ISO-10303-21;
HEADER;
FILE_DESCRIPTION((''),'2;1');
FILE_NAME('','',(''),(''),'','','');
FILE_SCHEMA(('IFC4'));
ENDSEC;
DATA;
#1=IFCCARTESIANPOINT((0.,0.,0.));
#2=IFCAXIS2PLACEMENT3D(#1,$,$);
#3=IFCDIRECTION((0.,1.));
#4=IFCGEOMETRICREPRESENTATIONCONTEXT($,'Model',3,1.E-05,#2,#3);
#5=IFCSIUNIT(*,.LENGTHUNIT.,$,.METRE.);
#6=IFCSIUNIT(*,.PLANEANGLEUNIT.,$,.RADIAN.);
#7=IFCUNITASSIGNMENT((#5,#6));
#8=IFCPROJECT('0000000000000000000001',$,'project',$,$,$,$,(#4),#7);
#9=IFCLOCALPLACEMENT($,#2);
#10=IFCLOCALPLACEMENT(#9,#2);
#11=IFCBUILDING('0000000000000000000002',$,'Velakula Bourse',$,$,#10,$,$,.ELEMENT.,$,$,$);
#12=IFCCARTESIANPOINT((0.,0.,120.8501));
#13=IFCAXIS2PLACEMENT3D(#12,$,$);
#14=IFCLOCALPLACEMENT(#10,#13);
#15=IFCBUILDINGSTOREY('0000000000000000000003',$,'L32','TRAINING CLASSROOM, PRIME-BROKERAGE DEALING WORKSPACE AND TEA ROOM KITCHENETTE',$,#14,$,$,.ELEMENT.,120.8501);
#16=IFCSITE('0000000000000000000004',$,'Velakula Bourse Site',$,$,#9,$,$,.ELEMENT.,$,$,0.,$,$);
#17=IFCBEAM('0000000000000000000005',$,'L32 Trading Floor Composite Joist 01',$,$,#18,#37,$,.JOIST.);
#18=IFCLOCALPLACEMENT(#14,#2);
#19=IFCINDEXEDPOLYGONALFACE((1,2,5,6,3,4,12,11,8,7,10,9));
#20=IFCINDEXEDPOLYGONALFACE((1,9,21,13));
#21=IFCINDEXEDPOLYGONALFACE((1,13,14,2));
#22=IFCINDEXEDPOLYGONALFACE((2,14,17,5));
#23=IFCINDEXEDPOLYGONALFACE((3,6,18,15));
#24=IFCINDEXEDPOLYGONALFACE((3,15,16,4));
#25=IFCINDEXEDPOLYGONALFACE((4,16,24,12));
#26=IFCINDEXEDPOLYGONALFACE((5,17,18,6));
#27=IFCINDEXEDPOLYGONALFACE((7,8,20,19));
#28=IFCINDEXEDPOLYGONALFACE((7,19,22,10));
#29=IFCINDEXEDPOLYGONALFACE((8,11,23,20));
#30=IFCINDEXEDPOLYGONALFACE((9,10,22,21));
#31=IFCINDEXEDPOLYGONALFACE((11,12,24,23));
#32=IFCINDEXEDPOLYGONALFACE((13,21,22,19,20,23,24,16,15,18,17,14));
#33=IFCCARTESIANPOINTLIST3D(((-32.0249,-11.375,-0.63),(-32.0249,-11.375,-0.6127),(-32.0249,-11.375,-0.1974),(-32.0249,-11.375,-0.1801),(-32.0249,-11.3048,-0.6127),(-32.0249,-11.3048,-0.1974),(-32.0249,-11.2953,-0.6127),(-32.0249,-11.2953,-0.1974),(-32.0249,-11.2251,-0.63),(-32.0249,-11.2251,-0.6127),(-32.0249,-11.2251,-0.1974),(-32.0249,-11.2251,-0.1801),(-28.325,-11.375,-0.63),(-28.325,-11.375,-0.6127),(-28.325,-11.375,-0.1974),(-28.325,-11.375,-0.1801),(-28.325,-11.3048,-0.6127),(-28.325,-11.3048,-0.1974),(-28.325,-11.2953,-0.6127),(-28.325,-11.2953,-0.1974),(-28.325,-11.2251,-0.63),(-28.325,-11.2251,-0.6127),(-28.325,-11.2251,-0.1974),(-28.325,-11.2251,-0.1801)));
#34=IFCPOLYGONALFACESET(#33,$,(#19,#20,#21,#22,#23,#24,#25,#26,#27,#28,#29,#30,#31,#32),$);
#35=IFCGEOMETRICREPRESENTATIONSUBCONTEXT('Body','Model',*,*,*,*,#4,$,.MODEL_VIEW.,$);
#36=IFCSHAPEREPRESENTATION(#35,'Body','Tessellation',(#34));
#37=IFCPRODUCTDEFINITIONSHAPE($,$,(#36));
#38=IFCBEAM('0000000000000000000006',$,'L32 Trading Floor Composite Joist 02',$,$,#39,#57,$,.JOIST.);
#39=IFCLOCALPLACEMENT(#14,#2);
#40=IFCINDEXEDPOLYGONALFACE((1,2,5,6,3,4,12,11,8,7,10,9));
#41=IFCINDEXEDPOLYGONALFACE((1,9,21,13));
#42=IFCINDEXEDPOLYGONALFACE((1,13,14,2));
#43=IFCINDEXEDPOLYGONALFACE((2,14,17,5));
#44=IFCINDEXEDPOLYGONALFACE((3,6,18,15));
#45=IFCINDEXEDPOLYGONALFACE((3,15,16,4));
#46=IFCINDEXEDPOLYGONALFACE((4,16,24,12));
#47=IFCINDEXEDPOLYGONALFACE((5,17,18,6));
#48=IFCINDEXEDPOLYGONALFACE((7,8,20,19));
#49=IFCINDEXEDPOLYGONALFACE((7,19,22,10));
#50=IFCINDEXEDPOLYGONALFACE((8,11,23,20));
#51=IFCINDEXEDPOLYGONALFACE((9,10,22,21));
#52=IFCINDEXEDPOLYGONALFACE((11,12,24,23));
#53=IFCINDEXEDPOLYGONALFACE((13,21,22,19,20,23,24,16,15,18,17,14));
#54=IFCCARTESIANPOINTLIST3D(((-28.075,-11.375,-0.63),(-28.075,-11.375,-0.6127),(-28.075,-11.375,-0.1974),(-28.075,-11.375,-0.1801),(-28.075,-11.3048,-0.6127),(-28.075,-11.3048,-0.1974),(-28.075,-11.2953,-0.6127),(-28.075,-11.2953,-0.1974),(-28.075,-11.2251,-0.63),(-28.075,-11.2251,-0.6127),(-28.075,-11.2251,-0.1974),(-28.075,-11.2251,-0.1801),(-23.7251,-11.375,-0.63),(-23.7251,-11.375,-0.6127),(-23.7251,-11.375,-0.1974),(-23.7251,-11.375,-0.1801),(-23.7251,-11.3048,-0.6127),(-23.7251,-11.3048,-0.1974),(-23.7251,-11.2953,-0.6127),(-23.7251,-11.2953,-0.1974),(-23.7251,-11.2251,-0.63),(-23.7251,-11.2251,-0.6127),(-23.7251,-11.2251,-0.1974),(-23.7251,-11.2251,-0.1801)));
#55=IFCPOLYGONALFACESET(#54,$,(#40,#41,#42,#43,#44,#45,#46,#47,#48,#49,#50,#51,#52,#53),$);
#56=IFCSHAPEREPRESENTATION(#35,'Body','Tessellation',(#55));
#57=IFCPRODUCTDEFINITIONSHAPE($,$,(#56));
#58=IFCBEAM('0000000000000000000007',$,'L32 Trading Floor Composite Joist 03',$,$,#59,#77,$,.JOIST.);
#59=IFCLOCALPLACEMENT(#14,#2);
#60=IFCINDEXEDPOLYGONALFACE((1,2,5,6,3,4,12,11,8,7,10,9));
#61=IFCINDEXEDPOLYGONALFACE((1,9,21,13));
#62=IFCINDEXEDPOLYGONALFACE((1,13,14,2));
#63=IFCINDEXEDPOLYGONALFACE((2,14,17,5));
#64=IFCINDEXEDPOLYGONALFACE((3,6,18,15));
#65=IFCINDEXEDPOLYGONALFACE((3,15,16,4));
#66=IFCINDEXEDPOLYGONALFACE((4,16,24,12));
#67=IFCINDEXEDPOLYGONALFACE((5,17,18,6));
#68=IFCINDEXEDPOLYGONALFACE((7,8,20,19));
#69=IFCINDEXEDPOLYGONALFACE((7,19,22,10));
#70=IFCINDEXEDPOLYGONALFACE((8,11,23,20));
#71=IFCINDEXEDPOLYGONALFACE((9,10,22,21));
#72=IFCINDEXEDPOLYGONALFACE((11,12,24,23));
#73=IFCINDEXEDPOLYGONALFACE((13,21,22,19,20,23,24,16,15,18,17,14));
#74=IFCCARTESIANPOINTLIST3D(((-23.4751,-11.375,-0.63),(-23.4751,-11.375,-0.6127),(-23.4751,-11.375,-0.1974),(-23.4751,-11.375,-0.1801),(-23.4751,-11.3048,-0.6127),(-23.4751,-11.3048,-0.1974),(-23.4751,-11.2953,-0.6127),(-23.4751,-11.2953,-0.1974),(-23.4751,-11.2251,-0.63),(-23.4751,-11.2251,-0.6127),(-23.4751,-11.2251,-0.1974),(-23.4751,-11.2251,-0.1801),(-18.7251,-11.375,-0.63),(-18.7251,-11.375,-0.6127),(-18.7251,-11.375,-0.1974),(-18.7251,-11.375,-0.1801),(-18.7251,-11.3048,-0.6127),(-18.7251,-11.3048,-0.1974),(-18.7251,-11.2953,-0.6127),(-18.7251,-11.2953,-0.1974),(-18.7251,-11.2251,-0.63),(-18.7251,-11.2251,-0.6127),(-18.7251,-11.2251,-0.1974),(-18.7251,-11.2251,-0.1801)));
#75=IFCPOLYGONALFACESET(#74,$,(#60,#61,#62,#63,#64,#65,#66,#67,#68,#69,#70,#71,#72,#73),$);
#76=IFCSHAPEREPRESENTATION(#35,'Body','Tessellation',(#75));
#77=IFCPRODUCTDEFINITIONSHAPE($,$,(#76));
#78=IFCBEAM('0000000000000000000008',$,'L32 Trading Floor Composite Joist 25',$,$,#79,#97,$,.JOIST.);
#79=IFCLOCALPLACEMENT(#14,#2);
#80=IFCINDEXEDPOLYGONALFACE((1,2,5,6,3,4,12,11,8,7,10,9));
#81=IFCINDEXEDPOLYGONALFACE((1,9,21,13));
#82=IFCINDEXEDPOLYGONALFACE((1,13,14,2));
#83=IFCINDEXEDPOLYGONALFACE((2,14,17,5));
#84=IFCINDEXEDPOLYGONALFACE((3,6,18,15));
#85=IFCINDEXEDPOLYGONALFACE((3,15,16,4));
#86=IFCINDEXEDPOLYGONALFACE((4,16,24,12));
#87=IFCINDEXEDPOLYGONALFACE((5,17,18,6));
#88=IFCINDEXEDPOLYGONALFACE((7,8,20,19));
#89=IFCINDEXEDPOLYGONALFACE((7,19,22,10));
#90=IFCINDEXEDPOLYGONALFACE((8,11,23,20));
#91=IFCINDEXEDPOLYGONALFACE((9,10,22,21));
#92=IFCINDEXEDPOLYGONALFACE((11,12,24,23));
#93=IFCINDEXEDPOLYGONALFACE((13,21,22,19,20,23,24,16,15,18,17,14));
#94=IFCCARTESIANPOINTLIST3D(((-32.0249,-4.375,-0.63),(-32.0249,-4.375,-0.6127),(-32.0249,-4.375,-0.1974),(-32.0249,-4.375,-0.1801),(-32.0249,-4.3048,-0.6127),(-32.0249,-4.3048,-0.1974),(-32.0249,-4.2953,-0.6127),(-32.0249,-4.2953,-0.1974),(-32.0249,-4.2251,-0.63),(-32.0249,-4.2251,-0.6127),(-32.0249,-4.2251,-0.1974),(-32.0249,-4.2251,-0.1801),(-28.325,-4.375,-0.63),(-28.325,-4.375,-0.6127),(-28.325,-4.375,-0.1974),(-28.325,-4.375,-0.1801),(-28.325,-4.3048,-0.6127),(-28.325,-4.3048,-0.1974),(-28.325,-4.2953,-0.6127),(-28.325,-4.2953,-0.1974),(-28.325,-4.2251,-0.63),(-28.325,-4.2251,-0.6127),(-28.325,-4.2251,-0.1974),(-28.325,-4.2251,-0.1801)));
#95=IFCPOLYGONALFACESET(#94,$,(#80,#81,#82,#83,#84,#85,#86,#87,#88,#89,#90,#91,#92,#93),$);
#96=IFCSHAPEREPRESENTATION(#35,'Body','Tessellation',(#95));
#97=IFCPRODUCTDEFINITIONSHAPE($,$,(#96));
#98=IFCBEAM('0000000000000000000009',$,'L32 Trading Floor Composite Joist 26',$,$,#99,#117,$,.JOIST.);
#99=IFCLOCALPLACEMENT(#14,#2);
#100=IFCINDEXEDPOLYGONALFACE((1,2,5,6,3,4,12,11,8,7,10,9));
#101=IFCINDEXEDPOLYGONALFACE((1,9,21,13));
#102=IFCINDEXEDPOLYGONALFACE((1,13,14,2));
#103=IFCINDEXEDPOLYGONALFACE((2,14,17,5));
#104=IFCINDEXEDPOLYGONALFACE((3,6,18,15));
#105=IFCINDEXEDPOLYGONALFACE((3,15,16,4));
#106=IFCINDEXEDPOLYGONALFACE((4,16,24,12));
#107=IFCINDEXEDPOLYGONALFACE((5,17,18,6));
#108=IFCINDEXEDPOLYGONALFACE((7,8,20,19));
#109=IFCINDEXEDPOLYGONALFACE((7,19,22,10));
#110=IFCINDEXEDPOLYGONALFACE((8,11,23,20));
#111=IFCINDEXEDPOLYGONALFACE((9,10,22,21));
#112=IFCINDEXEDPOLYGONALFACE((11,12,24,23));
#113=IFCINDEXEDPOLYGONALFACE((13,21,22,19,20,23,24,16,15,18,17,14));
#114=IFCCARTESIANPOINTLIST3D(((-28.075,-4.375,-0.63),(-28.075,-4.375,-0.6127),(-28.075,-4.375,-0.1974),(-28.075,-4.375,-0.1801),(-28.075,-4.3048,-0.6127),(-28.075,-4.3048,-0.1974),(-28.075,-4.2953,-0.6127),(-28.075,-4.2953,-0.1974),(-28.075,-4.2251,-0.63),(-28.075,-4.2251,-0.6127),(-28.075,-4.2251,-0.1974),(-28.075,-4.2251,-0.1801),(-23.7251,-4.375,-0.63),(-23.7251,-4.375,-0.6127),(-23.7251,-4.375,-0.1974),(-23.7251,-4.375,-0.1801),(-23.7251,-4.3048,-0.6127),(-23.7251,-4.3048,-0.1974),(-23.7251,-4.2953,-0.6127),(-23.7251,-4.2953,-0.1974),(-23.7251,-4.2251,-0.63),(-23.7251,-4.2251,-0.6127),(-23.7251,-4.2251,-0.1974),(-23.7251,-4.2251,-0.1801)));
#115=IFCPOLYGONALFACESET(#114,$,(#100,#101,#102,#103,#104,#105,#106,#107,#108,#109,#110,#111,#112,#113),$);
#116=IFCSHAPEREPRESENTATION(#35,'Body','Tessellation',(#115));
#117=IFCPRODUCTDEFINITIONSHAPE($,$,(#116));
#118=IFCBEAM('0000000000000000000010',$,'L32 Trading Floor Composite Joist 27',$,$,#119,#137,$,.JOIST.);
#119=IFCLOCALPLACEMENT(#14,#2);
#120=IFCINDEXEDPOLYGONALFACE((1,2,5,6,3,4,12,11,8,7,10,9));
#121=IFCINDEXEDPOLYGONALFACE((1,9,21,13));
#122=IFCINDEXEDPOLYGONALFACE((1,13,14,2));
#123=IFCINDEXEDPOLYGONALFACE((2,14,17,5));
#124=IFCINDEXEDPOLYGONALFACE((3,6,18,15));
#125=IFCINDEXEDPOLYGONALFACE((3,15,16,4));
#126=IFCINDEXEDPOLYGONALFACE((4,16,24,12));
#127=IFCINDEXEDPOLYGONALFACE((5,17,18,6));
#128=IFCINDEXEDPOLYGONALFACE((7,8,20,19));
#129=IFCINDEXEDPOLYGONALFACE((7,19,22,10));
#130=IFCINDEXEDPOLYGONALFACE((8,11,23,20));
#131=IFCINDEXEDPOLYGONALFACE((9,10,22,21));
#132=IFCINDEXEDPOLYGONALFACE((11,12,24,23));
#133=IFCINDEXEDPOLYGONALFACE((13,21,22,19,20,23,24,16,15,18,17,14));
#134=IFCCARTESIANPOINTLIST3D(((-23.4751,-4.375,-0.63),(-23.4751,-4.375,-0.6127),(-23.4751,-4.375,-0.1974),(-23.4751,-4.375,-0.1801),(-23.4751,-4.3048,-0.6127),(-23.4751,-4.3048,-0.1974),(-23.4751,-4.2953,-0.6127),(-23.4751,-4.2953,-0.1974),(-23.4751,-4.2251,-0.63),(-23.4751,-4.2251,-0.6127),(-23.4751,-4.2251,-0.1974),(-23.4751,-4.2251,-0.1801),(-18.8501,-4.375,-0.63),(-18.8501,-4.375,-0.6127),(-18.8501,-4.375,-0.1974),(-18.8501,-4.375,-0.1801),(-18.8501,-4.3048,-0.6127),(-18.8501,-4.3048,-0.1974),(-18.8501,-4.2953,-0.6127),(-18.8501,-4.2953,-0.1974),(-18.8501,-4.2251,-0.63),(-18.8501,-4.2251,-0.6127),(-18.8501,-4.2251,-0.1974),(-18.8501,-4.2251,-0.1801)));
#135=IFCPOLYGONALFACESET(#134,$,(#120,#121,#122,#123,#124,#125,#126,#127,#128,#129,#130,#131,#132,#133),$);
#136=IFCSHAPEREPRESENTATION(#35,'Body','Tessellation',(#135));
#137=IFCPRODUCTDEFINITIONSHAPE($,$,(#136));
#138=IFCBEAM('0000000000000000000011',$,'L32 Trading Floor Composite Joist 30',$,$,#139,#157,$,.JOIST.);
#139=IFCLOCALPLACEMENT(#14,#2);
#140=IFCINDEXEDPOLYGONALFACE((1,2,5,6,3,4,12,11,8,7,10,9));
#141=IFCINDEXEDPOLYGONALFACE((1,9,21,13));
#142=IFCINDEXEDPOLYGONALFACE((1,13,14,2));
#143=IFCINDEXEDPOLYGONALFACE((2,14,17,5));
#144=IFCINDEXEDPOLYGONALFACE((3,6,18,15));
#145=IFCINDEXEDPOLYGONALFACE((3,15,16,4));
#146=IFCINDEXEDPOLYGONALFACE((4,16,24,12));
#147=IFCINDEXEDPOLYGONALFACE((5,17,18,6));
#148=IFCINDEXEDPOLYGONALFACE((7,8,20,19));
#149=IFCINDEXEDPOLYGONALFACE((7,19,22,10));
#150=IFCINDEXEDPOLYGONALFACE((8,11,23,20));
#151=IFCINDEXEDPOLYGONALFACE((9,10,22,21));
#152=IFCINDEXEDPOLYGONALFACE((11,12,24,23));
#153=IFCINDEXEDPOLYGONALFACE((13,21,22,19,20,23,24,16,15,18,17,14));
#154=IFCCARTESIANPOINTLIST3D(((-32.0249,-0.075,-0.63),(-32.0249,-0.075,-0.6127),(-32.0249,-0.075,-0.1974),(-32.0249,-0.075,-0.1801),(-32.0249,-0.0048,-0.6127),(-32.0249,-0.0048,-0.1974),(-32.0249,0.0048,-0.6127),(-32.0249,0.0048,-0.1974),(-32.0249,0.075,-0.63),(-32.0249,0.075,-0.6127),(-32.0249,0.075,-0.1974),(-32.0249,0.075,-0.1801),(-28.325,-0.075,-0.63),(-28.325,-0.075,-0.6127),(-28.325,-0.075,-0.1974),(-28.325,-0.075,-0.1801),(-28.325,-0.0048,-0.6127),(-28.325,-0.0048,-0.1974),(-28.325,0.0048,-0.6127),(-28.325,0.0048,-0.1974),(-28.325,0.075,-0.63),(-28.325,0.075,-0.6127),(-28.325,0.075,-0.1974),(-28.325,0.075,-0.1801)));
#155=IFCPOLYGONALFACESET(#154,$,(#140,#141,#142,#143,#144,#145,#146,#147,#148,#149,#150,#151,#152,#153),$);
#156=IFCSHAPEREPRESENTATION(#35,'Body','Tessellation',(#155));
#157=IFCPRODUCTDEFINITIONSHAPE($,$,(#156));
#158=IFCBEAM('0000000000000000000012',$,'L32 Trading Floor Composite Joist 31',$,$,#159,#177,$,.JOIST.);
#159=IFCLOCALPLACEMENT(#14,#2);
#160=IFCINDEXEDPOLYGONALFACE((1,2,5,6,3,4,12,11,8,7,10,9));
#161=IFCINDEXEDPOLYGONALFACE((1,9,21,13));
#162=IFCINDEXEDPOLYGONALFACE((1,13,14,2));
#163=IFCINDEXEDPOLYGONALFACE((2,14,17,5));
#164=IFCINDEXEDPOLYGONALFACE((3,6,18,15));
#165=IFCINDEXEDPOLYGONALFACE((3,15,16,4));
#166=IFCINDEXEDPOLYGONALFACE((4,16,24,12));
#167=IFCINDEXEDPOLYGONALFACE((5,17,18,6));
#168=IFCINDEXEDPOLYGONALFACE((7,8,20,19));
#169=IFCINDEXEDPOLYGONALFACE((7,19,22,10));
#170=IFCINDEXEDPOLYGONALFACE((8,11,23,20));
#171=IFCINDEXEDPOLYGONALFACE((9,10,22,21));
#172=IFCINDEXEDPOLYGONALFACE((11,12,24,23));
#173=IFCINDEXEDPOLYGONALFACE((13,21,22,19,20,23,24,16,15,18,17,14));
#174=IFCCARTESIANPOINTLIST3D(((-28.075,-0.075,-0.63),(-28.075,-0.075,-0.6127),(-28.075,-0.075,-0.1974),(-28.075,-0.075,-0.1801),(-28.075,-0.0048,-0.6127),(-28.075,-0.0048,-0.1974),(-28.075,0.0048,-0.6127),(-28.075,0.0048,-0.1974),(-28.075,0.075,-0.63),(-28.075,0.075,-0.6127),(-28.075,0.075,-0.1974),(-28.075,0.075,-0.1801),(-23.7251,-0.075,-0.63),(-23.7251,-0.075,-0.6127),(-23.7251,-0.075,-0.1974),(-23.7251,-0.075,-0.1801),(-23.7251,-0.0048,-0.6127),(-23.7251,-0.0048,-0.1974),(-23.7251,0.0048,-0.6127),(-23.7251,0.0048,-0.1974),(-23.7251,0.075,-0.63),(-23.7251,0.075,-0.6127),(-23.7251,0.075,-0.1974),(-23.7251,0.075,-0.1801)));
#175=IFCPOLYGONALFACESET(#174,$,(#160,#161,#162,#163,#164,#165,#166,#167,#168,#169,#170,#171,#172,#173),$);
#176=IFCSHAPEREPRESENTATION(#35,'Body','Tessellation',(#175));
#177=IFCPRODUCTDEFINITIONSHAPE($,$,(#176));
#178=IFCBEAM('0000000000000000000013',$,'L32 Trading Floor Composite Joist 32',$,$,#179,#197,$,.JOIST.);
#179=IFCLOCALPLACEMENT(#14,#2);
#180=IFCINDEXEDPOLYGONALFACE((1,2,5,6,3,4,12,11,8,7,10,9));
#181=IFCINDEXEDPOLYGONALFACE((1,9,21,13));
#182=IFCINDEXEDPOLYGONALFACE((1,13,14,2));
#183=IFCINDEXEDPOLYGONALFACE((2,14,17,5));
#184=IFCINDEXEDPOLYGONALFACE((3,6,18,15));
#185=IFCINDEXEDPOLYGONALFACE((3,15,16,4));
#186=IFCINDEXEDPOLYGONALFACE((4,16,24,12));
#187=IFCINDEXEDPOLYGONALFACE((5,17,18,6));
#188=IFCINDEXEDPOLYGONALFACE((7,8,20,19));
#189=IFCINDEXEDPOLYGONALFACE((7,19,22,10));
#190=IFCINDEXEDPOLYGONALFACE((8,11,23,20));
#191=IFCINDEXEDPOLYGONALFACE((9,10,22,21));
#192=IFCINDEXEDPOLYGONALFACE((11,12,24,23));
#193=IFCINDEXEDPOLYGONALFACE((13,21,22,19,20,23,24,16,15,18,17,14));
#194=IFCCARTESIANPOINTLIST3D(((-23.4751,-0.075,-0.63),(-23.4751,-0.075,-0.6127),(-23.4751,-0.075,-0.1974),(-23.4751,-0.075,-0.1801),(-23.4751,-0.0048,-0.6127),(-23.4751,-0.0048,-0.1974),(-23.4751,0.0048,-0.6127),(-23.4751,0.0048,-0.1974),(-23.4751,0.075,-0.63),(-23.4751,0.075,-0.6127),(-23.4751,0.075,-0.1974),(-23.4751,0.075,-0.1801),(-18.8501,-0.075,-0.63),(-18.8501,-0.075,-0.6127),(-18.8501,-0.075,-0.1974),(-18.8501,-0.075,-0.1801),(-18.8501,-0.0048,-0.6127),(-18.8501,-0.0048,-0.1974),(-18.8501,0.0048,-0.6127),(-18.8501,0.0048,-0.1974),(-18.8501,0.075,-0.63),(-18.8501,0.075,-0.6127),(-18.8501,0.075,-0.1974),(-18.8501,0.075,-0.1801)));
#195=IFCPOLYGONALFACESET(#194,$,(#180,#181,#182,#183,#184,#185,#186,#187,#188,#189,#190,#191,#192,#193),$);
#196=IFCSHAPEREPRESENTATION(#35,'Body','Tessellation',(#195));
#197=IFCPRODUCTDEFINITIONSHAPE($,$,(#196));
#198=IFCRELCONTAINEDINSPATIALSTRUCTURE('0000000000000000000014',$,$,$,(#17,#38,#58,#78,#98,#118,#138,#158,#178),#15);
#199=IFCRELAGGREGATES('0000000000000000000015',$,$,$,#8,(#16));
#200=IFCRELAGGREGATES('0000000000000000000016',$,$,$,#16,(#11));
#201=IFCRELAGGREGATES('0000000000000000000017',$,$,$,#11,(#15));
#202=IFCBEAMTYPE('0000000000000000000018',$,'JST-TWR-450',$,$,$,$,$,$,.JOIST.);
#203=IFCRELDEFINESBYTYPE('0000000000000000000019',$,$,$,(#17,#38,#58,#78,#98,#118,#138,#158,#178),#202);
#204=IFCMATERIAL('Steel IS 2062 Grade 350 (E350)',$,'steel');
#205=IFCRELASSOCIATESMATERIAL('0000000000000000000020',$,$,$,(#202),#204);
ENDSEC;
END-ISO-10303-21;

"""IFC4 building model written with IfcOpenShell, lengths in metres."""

from ifc_helpers import new_model, si_unit, direction, frame, origin, origin_2d, place, context, subcontext, project, spatial, i_section, extrude, material, material_profile, profile_set, type_object, element, save


model = new_model("IFC4")

# Units and contexts
model_context = context("Model", 3, precision=1e-05, world=origin(), true_north=direction((0.0, 1.0)))
body_context = subcontext(model_context, "Body", "Model", "MODEL_VIEW")
ifc_project = project(units=[si_unit("LENGTHUNIT", "METRE"), si_unit("PLANEANGLEUNIT", "RADIAN")], contexts=[model_context])

# Site, building, storey
site_placement = place(None, origin())
site = spatial("IfcSite", under=ifc_project, at=site_placement, Name="Velakula Bourse Site", CompositionType="ELEMENT", RefElevation=0.0)
building_placement = place(site_placement, origin())
building = spatial("IfcBuilding", under=site, at=building_placement, Name="Velakula Bourse", CompositionType="ELEMENT")
storey_placement = place(building_placement, frame((0.0, 0.0, 120.8501)))
storey = spatial("IfcBuildingStorey", under=building, at=storey_placement, Name="L32", Description="TRAINING CLASSROOM, PRIME-BROKERAGE DEALING WORKSPACE AND TEA ROOM KITCHENETTE", CompositionType="ELEMENT", Elevation=120.8501)

# Shared definitions
ifc_material_1 = material(Name="Steel IS 2062 Grade 350 (E350)", Category="steel")

# Beams
ifc_material_profile_1 = material_profile(ifc_material_1, i_section(OverallWidth=0.1499, OverallDepth=0.45, WebThickness=0.0095, FlangeThickness=0.0173, at=origin_2d()), Name="Steel IS 2062 Grade 350 (E350)")
ifc_profile_set_1 = profile_set([ifc_material_profile_1], Name="Steel IS 2062 Grade 350 (E350)")
beam_type_1 = type_object("IfcBeamType", Name="JST-TWR-450", PredefinedType="JOIST", material=ifc_profile_set_1)
beam_1_placement = place(storey_placement, frame((-32.0249, -11.3, -0.405), z_axis=(1.0, 0.0, 0.0), x_axis=(0.0, 1.0, 0.0)))
element("IfcBeam", 1, at=beam_1_placement, inside=storey, type_object=beam_type_1, Name="L32 Trading Floor Composite Joist 01", PredefinedType="JOIST", context=body_context, shape_type="SweptSolid", body=[
    extrude(i_section(OverallWidth=0.1499, OverallDepth=0.45, WebThickness=0.0095, FlangeThickness=0.0173, at=origin_2d()), origin(), (0.0, 0.0, 1.0), 3.7),
])
beam_2_placement = place(storey_placement, frame((-28.075, -11.3, -0.405), z_axis=(1.0, 0.0, 0.0), x_axis=(0.0, 1.0, 0.0)))
element("IfcBeam", 2, at=beam_2_placement, inside=storey, type_object=beam_type_1, Name="L32 Trading Floor Composite Joist 02", PredefinedType="JOIST", context=body_context, shape_type="SweptSolid", body=[
    extrude(i_section(OverallWidth=0.1499, OverallDepth=0.45, WebThickness=0.0095, FlangeThickness=0.0173, at=origin_2d()), origin(), (0.0, 0.0, 1.0), 4.3499),
])
beam_3_placement = place(storey_placement, frame((-23.4751, -11.3, -0.405), z_axis=(1.0, 0.0, 0.0), x_axis=(0.0, 1.0, 0.0)))
element("IfcBeam", 3, at=beam_3_placement, inside=storey, type_object=beam_type_1, Name="L32 Trading Floor Composite Joist 03", PredefinedType="JOIST", context=body_context, shape_type="SweptSolid", body=[
    extrude(i_section(OverallWidth=0.1499, OverallDepth=0.45, WebThickness=0.0095, FlangeThickness=0.0173, at=origin_2d()), origin(), (0.0, 0.0, 1.0), 4.75),
])
beam_4_placement = place(storey_placement, frame((-32.0249, -4.3, -0.405), z_axis=(1.0, 0.0, 0.0), x_axis=(0.0, 1.0, 0.0)))
element("IfcBeam", 4, at=beam_4_placement, inside=storey, type_object=beam_type_1, Name="L32 Trading Floor Composite Joist 25", PredefinedType="JOIST", context=body_context, shape_type="SweptSolid", body=[
    extrude(i_section(OverallWidth=0.1499, OverallDepth=0.45, WebThickness=0.0095, FlangeThickness=0.0173, at=origin_2d()), origin(), (0.0, 0.0, 1.0), 3.7),
])
beam_5_placement = place(storey_placement, frame((-28.075, -4.3, -0.405), z_axis=(1.0, 0.0, 0.0), x_axis=(0.0, 1.0, 0.0)))
element("IfcBeam", 5, at=beam_5_placement, inside=storey, type_object=beam_type_1, Name="L32 Trading Floor Composite Joist 26", PredefinedType="JOIST", context=body_context, shape_type="SweptSolid", body=[
    extrude(i_section(OverallWidth=0.1499, OverallDepth=0.45, WebThickness=0.0095, FlangeThickness=0.0173, at=origin_2d()), origin(), (0.0, 0.0, 1.0), 4.3499),
])
beam_6_placement = place(storey_placement, frame((-23.4751, -4.3, -0.405), z_axis=(1.0, 0.0, 0.0), x_axis=(0.0, 1.0, 0.0)))
element("IfcBeam", 6, at=beam_6_placement, inside=storey, type_object=beam_type_1, Name="L32 Trading Floor Composite Joist 27", PredefinedType="JOIST", context=body_context, shape_type="SweptSolid", body=[
    extrude(i_section(OverallWidth=0.1499, OverallDepth=0.45, WebThickness=0.0095, FlangeThickness=0.0173, at=origin_2d()), origin(), (0.0, 0.0, 1.0), 4.625),
])
beam_7_placement = place(storey_placement, frame((-32.0249, 0.0, -0.405), z_axis=(1.0, 0.0, 0.0), x_axis=(0.0, 1.0, 0.0)))
element("IfcBeam", 7, at=beam_7_placement, inside=storey, type_object=beam_type_1, Name="L32 Trading Floor Composite Joist 30", PredefinedType="JOIST", context=body_context, shape_type="SweptSolid", body=[
    extrude(i_section(OverallWidth=0.1499, OverallDepth=0.45, WebThickness=0.0095, FlangeThickness=0.0173, at=origin_2d()), origin(), (0.0, 0.0, 1.0), 3.7),
])
beam_8_placement = place(storey_placement, frame((-28.075, 0.0, -0.405), z_axis=(1.0, 0.0, 0.0), x_axis=(0.0, 1.0, 0.0)))
element("IfcBeam", 8, at=beam_8_placement, inside=storey, type_object=beam_type_1, Name="L32 Trading Floor Composite Joist 31", PredefinedType="JOIST", context=body_context, shape_type="SweptSolid", body=[
    extrude(i_section(OverallWidth=0.1499, OverallDepth=0.45, WebThickness=0.0095, FlangeThickness=0.0173, at=origin_2d()), origin(), (0.0, 0.0, 1.0), 4.3499),
])
beam_9_placement = place(storey_placement, frame((-23.4751, 0.0, -0.405), z_axis=(1.0, 0.0, 0.0), x_axis=(0.0, 1.0, 0.0)))
element("IfcBeam", 9, at=beam_9_placement, inside=storey, type_object=beam_type_1, Name="L32 Trading Floor Composite Joist 32", PredefinedType="JOIST", context=body_context, shape_type="SweptSolid", body=[
    extrude(i_section(OverallWidth=0.1499, OverallDepth=0.45, WebThickness=0.0095, FlangeThickness=0.0173, at=origin_2d()), origin(), (0.0, 0.0, 1.0), 4.625),
])

save(model, "model.ifc")
